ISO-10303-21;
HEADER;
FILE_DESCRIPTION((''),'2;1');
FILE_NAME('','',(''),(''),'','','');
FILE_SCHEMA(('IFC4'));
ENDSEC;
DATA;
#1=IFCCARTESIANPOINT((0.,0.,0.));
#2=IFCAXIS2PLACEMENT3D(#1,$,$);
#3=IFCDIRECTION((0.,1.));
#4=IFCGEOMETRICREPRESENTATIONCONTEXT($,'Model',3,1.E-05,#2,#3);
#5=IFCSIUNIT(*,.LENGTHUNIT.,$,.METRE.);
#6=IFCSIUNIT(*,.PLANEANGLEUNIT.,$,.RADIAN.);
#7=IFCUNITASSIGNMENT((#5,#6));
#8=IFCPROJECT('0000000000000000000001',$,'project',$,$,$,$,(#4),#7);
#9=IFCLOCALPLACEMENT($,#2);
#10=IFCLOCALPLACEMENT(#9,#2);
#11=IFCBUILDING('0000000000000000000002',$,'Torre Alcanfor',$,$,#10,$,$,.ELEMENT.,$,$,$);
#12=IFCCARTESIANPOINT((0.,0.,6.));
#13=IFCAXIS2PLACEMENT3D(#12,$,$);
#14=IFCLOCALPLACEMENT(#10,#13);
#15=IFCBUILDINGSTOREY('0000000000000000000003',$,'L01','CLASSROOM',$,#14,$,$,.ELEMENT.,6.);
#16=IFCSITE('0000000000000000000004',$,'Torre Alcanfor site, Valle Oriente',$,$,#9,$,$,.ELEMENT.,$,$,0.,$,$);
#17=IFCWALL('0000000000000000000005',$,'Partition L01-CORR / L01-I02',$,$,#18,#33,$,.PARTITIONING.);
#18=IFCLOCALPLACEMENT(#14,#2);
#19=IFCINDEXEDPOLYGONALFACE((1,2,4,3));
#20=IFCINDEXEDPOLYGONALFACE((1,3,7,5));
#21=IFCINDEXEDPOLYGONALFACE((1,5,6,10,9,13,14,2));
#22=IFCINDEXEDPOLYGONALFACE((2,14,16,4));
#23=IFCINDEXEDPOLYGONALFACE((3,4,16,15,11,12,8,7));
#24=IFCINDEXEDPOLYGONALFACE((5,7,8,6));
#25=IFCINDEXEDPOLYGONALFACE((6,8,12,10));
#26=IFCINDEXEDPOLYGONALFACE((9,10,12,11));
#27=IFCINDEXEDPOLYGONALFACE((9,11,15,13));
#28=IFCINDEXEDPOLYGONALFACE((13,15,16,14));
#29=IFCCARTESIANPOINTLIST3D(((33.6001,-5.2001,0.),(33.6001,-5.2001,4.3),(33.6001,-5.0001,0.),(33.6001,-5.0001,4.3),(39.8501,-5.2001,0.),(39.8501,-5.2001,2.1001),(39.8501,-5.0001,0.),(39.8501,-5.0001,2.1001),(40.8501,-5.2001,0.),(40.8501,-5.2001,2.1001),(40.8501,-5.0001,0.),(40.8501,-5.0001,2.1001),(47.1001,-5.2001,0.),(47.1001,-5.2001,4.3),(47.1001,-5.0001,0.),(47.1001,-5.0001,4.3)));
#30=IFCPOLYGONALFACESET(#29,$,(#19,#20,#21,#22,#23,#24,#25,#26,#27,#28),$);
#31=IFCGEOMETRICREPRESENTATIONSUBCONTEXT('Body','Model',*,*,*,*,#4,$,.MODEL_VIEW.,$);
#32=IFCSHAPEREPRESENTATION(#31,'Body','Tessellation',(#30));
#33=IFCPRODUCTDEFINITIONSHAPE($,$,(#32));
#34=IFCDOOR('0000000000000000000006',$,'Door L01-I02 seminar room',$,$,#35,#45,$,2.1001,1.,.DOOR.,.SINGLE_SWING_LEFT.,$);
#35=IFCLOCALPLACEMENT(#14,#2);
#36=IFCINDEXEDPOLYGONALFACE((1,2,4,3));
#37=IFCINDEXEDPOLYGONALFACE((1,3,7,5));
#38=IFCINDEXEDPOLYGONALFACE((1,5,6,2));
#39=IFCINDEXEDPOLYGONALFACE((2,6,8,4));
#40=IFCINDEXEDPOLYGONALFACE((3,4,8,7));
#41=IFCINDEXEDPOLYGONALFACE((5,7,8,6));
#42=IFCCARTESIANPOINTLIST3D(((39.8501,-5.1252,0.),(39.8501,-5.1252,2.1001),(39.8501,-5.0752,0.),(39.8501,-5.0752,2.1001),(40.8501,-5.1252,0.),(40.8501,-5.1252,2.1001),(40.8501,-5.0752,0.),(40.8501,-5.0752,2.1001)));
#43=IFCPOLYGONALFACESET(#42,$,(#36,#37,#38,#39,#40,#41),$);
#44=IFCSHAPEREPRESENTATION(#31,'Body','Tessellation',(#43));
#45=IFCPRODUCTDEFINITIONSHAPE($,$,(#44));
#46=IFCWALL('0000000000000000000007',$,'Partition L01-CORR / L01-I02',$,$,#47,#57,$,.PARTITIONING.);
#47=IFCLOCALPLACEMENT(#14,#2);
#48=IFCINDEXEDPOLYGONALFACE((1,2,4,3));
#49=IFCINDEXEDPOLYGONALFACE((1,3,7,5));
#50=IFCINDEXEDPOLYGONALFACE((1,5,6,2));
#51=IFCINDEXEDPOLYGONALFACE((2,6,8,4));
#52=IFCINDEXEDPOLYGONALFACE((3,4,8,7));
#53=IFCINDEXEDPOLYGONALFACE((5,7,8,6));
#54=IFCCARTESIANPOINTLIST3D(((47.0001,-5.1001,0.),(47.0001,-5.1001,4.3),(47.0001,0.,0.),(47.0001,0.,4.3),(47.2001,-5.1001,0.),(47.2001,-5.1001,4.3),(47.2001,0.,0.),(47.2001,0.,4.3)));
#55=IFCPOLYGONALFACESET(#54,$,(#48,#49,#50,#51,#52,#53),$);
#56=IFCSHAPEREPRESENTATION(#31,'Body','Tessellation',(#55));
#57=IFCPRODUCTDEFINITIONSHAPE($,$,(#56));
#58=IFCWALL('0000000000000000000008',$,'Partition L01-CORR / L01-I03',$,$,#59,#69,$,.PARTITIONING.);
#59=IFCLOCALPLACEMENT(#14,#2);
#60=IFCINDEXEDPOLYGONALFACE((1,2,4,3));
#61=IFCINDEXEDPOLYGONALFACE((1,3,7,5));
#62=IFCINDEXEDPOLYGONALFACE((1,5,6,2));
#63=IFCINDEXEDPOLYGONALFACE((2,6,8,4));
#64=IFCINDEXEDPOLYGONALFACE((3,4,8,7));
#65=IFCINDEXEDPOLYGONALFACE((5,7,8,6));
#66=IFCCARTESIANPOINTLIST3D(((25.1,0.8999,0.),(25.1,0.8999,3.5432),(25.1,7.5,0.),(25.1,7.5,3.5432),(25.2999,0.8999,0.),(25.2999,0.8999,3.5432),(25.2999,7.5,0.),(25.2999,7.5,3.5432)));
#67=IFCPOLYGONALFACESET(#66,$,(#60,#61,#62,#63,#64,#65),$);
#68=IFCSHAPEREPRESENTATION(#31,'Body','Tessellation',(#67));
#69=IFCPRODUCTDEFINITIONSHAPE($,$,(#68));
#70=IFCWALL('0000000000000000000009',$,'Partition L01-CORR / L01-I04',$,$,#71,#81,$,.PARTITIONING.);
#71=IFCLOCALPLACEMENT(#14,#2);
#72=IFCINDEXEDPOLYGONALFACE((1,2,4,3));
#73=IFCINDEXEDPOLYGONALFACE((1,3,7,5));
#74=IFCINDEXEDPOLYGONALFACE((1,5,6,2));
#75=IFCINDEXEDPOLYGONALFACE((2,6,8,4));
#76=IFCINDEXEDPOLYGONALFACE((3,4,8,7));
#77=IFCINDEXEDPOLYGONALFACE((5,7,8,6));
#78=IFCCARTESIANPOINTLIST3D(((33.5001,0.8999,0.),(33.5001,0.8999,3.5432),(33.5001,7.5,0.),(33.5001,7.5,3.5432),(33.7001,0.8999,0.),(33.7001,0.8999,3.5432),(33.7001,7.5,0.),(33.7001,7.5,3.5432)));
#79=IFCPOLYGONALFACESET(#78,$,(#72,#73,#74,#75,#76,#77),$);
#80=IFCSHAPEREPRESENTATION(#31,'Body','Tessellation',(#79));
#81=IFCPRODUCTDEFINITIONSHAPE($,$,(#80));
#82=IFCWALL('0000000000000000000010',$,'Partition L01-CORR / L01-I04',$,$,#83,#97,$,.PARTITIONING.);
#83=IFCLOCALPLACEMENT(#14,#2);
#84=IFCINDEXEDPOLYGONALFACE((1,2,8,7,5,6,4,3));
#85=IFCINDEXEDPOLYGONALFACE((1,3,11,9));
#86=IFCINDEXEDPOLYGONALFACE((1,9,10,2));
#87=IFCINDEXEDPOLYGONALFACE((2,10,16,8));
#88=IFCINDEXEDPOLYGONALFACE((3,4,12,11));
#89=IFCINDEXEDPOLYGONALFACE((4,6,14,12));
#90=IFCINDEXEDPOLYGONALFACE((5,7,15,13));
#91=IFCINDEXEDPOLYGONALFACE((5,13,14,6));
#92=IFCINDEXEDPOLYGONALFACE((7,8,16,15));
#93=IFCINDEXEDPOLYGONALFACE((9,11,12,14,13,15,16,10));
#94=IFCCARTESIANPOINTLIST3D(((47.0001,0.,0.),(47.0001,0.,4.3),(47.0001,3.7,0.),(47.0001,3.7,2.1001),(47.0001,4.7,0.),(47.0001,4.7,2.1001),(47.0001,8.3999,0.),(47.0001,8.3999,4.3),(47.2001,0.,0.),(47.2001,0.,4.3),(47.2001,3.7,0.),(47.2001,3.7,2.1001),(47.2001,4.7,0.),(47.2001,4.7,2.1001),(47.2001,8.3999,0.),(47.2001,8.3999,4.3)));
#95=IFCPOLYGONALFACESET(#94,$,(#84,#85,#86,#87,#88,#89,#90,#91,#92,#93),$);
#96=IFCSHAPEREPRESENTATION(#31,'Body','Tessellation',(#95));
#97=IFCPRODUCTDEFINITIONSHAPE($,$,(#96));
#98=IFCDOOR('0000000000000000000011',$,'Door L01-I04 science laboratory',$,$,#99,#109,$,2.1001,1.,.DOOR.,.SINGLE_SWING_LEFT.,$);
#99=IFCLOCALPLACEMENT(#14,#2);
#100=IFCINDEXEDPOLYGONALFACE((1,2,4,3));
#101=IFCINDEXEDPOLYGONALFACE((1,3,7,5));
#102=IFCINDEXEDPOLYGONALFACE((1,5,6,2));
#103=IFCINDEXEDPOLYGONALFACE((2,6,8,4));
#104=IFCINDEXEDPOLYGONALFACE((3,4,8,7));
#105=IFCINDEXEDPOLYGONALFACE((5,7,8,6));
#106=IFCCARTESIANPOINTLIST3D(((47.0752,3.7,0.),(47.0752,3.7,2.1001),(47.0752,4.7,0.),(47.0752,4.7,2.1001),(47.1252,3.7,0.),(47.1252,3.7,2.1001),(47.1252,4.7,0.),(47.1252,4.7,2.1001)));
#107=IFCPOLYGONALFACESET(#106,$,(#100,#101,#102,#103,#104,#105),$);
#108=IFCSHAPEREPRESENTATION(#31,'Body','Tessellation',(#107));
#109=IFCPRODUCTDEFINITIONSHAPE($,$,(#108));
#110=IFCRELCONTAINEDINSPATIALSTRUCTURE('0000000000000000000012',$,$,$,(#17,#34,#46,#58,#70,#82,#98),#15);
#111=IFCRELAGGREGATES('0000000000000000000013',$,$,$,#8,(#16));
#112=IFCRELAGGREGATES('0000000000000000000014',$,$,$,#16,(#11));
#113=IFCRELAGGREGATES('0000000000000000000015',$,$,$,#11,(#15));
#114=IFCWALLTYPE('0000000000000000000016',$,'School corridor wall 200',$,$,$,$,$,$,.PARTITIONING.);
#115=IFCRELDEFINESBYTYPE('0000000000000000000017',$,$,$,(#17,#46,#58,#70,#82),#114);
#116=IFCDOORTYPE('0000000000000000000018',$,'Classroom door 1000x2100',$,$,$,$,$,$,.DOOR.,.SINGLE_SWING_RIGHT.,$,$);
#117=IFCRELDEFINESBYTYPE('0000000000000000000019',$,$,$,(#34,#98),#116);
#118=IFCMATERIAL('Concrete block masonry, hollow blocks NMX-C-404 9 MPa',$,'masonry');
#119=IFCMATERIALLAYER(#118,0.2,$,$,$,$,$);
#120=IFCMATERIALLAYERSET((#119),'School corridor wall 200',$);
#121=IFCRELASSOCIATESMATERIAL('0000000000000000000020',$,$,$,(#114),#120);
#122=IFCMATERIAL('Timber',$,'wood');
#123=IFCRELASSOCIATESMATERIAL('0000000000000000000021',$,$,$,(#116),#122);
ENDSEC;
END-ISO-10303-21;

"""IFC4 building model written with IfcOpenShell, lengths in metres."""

from ifc_helpers import new_model, si_unit, direction, frame, frame_2d, origin, place, context, subcontext, project, spatial, rectangle, extrude, material, layer, layer_set, type_object, element, fill, save


model = new_model("IFC4")

# Units and contexts
model_context = context("Model", 3, precision=1e-05, world=origin(), true_north=direction((0.0, 1.0)))
body_context = subcontext(model_context, "Body", "Model", "MODEL_VIEW")
ifc_project = project(units=[si_unit("LENGTHUNIT", "METRE"), si_unit("PLANEANGLEUNIT", "RADIAN")], contexts=[model_context])

# Site, building, storey
site_placement = place(None, origin())
site = spatial("IfcSite", under=ifc_project, at=site_placement, Name="Torre Alcanfor site, Valle Oriente", CompositionType="ELEMENT", RefElevation=0.0)
building_placement = place(site_placement, origin())
building = spatial("IfcBuilding", under=site, at=building_placement, Name="Torre Alcanfor", CompositionType="ELEMENT")
storey_placement = place(building_placement, frame((0.0, 0.0, 6.0)))
storey = spatial("IfcBuildingStorey", under=building, at=storey_placement, Name="L01", Description="CLASSROOM", CompositionType="ELEMENT", Elevation=6.0)

# Shared definitions
ifc_material_1 = material(Name="Concrete block masonry, hollow blocks NMX-C-404 9 MPa", Category="masonry")
ifc_layer_1 = layer(ifc_material_1, 0.2)
ifc_layer_set_1 = layer_set([ifc_layer_1], Name="School corridor wall 200")
wall_type_1 = type_object("IfcWallType", Name="School corridor wall 200", PredefinedType="PARTITIONING", material=ifc_layer_set_1)
ifc_material_2 = material(Name="Timber", Category="wood")
door_type = type_object("IfcDoorType", Name="Classroom door 1000x2100", OperationType="SINGLE_SWING_RIGHT", PredefinedType="DOOR", material=ifc_material_2)

# Wall, opening, door
wall_1_placement = place(storey_placement, frame((33.6001, -5.1001, 0.0), z_axis=(0.0, 0.0, 1.0), x_axis=(1.0, 0.0, 0.0)))
wall_1 = element("IfcWall", 1, at=wall_1_placement, inside=storey, type_object=wall_type_1, Name="Partition L01-CORR / L01-I02", PredefinedType="PARTITIONING", context=body_context, shape_type="SweptSolid", body=[
    extrude(rectangle(XDim=13.5, YDim=0.2, at=frame_2d((6.75, 0.0))), origin(), (0.0, 0.0, 1.0), 4.3),
])
opening_1_placement = place(wall_1_placement, frame((6.25, 0.0, 0.0)))
opening_1 = element("IfcOpeningElement", 2, at=opening_1_placement, cuts=wall_1, PredefinedType="OPENING", context=body_context, shape_type="SweptSolid", body=[
    extrude(rectangle(XDim=1.0, YDim=2.1001, at=frame_2d((0.5, 1.05))), frame((0.0, 0.1099, 0.0), z_axis=(0.0, -1.0, 0.0), x_axis=(1.0, 0.0, 0.0)), (0.0, 0.0, 1.0), 0.22),
])
door_1_placement = place(opening_1_placement, origin())
door_1 = element("IfcDoor", 3, at=door_1_placement, inside=storey, type_object=door_type, Name="Door L01-I02 seminar room", OperationType="SINGLE_SWING_LEFT", OverallHeight=2.1001, OverallWidth=1.0, PredefinedType="DOOR", context=body_context, shape_type="SweptSolid", body=[
    extrude(rectangle(XDim=1.0, YDim=2.1001, at=frame_2d((0.5, 1.05))), frame((0.0, 0.0249, 0.0), z_axis=(0.0, -1.0, 0.0), x_axis=(1.0, 0.0, 0.0)), (0.0, 0.0, 1.0), 0.05),
])
fill(opening_1, door_1)

# Walls
wall_2_placement = place(storey_placement, frame((47.1001, -5.1001, 0.0), z_axis=(0.0, 0.0, 1.0), x_axis=(0.0, 1.0, 0.0)))
element("IfcWall", 4, at=wall_2_placement, inside=storey, type_object=wall_type_1, Name="Partition L01-CORR / L01-I02", PredefinedType="PARTITIONING", context=body_context, shape_type="SweptSolid", body=[
    extrude(rectangle(XDim=5.1001, YDim=0.2, at=frame_2d((2.55, 0.0))), origin(), (0.0, 0.0, 1.0), 4.3),
])
for number, where, z_axis, x_axis, name in (
    (5, (25.2, 0.8999, 0.0), (0.0, 0.0, 1.0), (0.0, 1.0, 0.0), "Partition L01-CORR / L01-I03"),
    (6, (33.6001, 7.5, 0.0), (0.0, 0.0, 1.0), (0.0, -1.0, 0.0), "Partition L01-CORR / L01-I04"),
):
    element("IfcWall", number, at=place(storey_placement, frame(where, z_axis=z_axis, x_axis=x_axis)), inside=storey, type_object=wall_type_1, Name=name, PredefinedType="PARTITIONING", context=body_context, shape_type="SweptSolid", body=[
        extrude(rectangle(XDim=6.6001, YDim=0.2, at=frame_2d((3.3, 0.0))), origin(), (0.0, 0.0, 1.0), 3.5432),
    ])

# Wall, opening, door
wall_3_placement = place(storey_placement, frame((47.1001, 0.0, 0.0), z_axis=(0.0, 0.0, 1.0), x_axis=(0.0, 1.0, 0.0)))
wall_3 = element("IfcWall", 7, at=wall_3_placement, inside=storey, type_object=wall_type_1, Name="Partition L01-CORR / L01-I04", PredefinedType="PARTITIONING", context=body_context, shape_type="SweptSolid", body=[
    extrude(rectangle(XDim=8.3999, YDim=0.2, at=frame_2d((4.2, 0.0))), origin(), (0.0, 0.0, 1.0), 4.3),
])
opening_2_placement = place(wall_3_placement, frame((3.7, 0.0, 0.0)))
opening_2 = element("IfcOpeningElement", 8, at=opening_2_placement, cuts=wall_3, PredefinedType="OPENING", context=body_context, shape_type="SweptSolid", body=[
    extrude(rectangle(XDim=1.0, YDim=2.1001, at=frame_2d((0.5, 1.05))), frame((0.0, 0.1099, 0.0), z_axis=(0.0, -1.0, 0.0), x_axis=(1.0, 0.0, 0.0)), (0.0, 0.0, 1.0), 0.22),
])
door_2_placement = place(opening_2_placement, origin())
door_2 = element("IfcDoor", 9, at=door_2_placement, inside=storey, type_object=door_type, Name="Door L01-I04 science laboratory", OperationType="SINGLE_SWING_LEFT", OverallHeight=2.1001, OverallWidth=1.0, PredefinedType="DOOR", context=body_context, shape_type="SweptSolid", body=[
    extrude(rectangle(XDim=1.0, YDim=2.1001, at=frame_2d((0.5, 1.05))), frame((0.0, 0.0249, 0.0), z_axis=(0.0, -1.0, 0.0), x_axis=(1.0, 0.0, 0.0)), (0.0, 0.0, 1.0), 0.05),
])
fill(opening_2, door_2)

save(model, "model.ifc")
